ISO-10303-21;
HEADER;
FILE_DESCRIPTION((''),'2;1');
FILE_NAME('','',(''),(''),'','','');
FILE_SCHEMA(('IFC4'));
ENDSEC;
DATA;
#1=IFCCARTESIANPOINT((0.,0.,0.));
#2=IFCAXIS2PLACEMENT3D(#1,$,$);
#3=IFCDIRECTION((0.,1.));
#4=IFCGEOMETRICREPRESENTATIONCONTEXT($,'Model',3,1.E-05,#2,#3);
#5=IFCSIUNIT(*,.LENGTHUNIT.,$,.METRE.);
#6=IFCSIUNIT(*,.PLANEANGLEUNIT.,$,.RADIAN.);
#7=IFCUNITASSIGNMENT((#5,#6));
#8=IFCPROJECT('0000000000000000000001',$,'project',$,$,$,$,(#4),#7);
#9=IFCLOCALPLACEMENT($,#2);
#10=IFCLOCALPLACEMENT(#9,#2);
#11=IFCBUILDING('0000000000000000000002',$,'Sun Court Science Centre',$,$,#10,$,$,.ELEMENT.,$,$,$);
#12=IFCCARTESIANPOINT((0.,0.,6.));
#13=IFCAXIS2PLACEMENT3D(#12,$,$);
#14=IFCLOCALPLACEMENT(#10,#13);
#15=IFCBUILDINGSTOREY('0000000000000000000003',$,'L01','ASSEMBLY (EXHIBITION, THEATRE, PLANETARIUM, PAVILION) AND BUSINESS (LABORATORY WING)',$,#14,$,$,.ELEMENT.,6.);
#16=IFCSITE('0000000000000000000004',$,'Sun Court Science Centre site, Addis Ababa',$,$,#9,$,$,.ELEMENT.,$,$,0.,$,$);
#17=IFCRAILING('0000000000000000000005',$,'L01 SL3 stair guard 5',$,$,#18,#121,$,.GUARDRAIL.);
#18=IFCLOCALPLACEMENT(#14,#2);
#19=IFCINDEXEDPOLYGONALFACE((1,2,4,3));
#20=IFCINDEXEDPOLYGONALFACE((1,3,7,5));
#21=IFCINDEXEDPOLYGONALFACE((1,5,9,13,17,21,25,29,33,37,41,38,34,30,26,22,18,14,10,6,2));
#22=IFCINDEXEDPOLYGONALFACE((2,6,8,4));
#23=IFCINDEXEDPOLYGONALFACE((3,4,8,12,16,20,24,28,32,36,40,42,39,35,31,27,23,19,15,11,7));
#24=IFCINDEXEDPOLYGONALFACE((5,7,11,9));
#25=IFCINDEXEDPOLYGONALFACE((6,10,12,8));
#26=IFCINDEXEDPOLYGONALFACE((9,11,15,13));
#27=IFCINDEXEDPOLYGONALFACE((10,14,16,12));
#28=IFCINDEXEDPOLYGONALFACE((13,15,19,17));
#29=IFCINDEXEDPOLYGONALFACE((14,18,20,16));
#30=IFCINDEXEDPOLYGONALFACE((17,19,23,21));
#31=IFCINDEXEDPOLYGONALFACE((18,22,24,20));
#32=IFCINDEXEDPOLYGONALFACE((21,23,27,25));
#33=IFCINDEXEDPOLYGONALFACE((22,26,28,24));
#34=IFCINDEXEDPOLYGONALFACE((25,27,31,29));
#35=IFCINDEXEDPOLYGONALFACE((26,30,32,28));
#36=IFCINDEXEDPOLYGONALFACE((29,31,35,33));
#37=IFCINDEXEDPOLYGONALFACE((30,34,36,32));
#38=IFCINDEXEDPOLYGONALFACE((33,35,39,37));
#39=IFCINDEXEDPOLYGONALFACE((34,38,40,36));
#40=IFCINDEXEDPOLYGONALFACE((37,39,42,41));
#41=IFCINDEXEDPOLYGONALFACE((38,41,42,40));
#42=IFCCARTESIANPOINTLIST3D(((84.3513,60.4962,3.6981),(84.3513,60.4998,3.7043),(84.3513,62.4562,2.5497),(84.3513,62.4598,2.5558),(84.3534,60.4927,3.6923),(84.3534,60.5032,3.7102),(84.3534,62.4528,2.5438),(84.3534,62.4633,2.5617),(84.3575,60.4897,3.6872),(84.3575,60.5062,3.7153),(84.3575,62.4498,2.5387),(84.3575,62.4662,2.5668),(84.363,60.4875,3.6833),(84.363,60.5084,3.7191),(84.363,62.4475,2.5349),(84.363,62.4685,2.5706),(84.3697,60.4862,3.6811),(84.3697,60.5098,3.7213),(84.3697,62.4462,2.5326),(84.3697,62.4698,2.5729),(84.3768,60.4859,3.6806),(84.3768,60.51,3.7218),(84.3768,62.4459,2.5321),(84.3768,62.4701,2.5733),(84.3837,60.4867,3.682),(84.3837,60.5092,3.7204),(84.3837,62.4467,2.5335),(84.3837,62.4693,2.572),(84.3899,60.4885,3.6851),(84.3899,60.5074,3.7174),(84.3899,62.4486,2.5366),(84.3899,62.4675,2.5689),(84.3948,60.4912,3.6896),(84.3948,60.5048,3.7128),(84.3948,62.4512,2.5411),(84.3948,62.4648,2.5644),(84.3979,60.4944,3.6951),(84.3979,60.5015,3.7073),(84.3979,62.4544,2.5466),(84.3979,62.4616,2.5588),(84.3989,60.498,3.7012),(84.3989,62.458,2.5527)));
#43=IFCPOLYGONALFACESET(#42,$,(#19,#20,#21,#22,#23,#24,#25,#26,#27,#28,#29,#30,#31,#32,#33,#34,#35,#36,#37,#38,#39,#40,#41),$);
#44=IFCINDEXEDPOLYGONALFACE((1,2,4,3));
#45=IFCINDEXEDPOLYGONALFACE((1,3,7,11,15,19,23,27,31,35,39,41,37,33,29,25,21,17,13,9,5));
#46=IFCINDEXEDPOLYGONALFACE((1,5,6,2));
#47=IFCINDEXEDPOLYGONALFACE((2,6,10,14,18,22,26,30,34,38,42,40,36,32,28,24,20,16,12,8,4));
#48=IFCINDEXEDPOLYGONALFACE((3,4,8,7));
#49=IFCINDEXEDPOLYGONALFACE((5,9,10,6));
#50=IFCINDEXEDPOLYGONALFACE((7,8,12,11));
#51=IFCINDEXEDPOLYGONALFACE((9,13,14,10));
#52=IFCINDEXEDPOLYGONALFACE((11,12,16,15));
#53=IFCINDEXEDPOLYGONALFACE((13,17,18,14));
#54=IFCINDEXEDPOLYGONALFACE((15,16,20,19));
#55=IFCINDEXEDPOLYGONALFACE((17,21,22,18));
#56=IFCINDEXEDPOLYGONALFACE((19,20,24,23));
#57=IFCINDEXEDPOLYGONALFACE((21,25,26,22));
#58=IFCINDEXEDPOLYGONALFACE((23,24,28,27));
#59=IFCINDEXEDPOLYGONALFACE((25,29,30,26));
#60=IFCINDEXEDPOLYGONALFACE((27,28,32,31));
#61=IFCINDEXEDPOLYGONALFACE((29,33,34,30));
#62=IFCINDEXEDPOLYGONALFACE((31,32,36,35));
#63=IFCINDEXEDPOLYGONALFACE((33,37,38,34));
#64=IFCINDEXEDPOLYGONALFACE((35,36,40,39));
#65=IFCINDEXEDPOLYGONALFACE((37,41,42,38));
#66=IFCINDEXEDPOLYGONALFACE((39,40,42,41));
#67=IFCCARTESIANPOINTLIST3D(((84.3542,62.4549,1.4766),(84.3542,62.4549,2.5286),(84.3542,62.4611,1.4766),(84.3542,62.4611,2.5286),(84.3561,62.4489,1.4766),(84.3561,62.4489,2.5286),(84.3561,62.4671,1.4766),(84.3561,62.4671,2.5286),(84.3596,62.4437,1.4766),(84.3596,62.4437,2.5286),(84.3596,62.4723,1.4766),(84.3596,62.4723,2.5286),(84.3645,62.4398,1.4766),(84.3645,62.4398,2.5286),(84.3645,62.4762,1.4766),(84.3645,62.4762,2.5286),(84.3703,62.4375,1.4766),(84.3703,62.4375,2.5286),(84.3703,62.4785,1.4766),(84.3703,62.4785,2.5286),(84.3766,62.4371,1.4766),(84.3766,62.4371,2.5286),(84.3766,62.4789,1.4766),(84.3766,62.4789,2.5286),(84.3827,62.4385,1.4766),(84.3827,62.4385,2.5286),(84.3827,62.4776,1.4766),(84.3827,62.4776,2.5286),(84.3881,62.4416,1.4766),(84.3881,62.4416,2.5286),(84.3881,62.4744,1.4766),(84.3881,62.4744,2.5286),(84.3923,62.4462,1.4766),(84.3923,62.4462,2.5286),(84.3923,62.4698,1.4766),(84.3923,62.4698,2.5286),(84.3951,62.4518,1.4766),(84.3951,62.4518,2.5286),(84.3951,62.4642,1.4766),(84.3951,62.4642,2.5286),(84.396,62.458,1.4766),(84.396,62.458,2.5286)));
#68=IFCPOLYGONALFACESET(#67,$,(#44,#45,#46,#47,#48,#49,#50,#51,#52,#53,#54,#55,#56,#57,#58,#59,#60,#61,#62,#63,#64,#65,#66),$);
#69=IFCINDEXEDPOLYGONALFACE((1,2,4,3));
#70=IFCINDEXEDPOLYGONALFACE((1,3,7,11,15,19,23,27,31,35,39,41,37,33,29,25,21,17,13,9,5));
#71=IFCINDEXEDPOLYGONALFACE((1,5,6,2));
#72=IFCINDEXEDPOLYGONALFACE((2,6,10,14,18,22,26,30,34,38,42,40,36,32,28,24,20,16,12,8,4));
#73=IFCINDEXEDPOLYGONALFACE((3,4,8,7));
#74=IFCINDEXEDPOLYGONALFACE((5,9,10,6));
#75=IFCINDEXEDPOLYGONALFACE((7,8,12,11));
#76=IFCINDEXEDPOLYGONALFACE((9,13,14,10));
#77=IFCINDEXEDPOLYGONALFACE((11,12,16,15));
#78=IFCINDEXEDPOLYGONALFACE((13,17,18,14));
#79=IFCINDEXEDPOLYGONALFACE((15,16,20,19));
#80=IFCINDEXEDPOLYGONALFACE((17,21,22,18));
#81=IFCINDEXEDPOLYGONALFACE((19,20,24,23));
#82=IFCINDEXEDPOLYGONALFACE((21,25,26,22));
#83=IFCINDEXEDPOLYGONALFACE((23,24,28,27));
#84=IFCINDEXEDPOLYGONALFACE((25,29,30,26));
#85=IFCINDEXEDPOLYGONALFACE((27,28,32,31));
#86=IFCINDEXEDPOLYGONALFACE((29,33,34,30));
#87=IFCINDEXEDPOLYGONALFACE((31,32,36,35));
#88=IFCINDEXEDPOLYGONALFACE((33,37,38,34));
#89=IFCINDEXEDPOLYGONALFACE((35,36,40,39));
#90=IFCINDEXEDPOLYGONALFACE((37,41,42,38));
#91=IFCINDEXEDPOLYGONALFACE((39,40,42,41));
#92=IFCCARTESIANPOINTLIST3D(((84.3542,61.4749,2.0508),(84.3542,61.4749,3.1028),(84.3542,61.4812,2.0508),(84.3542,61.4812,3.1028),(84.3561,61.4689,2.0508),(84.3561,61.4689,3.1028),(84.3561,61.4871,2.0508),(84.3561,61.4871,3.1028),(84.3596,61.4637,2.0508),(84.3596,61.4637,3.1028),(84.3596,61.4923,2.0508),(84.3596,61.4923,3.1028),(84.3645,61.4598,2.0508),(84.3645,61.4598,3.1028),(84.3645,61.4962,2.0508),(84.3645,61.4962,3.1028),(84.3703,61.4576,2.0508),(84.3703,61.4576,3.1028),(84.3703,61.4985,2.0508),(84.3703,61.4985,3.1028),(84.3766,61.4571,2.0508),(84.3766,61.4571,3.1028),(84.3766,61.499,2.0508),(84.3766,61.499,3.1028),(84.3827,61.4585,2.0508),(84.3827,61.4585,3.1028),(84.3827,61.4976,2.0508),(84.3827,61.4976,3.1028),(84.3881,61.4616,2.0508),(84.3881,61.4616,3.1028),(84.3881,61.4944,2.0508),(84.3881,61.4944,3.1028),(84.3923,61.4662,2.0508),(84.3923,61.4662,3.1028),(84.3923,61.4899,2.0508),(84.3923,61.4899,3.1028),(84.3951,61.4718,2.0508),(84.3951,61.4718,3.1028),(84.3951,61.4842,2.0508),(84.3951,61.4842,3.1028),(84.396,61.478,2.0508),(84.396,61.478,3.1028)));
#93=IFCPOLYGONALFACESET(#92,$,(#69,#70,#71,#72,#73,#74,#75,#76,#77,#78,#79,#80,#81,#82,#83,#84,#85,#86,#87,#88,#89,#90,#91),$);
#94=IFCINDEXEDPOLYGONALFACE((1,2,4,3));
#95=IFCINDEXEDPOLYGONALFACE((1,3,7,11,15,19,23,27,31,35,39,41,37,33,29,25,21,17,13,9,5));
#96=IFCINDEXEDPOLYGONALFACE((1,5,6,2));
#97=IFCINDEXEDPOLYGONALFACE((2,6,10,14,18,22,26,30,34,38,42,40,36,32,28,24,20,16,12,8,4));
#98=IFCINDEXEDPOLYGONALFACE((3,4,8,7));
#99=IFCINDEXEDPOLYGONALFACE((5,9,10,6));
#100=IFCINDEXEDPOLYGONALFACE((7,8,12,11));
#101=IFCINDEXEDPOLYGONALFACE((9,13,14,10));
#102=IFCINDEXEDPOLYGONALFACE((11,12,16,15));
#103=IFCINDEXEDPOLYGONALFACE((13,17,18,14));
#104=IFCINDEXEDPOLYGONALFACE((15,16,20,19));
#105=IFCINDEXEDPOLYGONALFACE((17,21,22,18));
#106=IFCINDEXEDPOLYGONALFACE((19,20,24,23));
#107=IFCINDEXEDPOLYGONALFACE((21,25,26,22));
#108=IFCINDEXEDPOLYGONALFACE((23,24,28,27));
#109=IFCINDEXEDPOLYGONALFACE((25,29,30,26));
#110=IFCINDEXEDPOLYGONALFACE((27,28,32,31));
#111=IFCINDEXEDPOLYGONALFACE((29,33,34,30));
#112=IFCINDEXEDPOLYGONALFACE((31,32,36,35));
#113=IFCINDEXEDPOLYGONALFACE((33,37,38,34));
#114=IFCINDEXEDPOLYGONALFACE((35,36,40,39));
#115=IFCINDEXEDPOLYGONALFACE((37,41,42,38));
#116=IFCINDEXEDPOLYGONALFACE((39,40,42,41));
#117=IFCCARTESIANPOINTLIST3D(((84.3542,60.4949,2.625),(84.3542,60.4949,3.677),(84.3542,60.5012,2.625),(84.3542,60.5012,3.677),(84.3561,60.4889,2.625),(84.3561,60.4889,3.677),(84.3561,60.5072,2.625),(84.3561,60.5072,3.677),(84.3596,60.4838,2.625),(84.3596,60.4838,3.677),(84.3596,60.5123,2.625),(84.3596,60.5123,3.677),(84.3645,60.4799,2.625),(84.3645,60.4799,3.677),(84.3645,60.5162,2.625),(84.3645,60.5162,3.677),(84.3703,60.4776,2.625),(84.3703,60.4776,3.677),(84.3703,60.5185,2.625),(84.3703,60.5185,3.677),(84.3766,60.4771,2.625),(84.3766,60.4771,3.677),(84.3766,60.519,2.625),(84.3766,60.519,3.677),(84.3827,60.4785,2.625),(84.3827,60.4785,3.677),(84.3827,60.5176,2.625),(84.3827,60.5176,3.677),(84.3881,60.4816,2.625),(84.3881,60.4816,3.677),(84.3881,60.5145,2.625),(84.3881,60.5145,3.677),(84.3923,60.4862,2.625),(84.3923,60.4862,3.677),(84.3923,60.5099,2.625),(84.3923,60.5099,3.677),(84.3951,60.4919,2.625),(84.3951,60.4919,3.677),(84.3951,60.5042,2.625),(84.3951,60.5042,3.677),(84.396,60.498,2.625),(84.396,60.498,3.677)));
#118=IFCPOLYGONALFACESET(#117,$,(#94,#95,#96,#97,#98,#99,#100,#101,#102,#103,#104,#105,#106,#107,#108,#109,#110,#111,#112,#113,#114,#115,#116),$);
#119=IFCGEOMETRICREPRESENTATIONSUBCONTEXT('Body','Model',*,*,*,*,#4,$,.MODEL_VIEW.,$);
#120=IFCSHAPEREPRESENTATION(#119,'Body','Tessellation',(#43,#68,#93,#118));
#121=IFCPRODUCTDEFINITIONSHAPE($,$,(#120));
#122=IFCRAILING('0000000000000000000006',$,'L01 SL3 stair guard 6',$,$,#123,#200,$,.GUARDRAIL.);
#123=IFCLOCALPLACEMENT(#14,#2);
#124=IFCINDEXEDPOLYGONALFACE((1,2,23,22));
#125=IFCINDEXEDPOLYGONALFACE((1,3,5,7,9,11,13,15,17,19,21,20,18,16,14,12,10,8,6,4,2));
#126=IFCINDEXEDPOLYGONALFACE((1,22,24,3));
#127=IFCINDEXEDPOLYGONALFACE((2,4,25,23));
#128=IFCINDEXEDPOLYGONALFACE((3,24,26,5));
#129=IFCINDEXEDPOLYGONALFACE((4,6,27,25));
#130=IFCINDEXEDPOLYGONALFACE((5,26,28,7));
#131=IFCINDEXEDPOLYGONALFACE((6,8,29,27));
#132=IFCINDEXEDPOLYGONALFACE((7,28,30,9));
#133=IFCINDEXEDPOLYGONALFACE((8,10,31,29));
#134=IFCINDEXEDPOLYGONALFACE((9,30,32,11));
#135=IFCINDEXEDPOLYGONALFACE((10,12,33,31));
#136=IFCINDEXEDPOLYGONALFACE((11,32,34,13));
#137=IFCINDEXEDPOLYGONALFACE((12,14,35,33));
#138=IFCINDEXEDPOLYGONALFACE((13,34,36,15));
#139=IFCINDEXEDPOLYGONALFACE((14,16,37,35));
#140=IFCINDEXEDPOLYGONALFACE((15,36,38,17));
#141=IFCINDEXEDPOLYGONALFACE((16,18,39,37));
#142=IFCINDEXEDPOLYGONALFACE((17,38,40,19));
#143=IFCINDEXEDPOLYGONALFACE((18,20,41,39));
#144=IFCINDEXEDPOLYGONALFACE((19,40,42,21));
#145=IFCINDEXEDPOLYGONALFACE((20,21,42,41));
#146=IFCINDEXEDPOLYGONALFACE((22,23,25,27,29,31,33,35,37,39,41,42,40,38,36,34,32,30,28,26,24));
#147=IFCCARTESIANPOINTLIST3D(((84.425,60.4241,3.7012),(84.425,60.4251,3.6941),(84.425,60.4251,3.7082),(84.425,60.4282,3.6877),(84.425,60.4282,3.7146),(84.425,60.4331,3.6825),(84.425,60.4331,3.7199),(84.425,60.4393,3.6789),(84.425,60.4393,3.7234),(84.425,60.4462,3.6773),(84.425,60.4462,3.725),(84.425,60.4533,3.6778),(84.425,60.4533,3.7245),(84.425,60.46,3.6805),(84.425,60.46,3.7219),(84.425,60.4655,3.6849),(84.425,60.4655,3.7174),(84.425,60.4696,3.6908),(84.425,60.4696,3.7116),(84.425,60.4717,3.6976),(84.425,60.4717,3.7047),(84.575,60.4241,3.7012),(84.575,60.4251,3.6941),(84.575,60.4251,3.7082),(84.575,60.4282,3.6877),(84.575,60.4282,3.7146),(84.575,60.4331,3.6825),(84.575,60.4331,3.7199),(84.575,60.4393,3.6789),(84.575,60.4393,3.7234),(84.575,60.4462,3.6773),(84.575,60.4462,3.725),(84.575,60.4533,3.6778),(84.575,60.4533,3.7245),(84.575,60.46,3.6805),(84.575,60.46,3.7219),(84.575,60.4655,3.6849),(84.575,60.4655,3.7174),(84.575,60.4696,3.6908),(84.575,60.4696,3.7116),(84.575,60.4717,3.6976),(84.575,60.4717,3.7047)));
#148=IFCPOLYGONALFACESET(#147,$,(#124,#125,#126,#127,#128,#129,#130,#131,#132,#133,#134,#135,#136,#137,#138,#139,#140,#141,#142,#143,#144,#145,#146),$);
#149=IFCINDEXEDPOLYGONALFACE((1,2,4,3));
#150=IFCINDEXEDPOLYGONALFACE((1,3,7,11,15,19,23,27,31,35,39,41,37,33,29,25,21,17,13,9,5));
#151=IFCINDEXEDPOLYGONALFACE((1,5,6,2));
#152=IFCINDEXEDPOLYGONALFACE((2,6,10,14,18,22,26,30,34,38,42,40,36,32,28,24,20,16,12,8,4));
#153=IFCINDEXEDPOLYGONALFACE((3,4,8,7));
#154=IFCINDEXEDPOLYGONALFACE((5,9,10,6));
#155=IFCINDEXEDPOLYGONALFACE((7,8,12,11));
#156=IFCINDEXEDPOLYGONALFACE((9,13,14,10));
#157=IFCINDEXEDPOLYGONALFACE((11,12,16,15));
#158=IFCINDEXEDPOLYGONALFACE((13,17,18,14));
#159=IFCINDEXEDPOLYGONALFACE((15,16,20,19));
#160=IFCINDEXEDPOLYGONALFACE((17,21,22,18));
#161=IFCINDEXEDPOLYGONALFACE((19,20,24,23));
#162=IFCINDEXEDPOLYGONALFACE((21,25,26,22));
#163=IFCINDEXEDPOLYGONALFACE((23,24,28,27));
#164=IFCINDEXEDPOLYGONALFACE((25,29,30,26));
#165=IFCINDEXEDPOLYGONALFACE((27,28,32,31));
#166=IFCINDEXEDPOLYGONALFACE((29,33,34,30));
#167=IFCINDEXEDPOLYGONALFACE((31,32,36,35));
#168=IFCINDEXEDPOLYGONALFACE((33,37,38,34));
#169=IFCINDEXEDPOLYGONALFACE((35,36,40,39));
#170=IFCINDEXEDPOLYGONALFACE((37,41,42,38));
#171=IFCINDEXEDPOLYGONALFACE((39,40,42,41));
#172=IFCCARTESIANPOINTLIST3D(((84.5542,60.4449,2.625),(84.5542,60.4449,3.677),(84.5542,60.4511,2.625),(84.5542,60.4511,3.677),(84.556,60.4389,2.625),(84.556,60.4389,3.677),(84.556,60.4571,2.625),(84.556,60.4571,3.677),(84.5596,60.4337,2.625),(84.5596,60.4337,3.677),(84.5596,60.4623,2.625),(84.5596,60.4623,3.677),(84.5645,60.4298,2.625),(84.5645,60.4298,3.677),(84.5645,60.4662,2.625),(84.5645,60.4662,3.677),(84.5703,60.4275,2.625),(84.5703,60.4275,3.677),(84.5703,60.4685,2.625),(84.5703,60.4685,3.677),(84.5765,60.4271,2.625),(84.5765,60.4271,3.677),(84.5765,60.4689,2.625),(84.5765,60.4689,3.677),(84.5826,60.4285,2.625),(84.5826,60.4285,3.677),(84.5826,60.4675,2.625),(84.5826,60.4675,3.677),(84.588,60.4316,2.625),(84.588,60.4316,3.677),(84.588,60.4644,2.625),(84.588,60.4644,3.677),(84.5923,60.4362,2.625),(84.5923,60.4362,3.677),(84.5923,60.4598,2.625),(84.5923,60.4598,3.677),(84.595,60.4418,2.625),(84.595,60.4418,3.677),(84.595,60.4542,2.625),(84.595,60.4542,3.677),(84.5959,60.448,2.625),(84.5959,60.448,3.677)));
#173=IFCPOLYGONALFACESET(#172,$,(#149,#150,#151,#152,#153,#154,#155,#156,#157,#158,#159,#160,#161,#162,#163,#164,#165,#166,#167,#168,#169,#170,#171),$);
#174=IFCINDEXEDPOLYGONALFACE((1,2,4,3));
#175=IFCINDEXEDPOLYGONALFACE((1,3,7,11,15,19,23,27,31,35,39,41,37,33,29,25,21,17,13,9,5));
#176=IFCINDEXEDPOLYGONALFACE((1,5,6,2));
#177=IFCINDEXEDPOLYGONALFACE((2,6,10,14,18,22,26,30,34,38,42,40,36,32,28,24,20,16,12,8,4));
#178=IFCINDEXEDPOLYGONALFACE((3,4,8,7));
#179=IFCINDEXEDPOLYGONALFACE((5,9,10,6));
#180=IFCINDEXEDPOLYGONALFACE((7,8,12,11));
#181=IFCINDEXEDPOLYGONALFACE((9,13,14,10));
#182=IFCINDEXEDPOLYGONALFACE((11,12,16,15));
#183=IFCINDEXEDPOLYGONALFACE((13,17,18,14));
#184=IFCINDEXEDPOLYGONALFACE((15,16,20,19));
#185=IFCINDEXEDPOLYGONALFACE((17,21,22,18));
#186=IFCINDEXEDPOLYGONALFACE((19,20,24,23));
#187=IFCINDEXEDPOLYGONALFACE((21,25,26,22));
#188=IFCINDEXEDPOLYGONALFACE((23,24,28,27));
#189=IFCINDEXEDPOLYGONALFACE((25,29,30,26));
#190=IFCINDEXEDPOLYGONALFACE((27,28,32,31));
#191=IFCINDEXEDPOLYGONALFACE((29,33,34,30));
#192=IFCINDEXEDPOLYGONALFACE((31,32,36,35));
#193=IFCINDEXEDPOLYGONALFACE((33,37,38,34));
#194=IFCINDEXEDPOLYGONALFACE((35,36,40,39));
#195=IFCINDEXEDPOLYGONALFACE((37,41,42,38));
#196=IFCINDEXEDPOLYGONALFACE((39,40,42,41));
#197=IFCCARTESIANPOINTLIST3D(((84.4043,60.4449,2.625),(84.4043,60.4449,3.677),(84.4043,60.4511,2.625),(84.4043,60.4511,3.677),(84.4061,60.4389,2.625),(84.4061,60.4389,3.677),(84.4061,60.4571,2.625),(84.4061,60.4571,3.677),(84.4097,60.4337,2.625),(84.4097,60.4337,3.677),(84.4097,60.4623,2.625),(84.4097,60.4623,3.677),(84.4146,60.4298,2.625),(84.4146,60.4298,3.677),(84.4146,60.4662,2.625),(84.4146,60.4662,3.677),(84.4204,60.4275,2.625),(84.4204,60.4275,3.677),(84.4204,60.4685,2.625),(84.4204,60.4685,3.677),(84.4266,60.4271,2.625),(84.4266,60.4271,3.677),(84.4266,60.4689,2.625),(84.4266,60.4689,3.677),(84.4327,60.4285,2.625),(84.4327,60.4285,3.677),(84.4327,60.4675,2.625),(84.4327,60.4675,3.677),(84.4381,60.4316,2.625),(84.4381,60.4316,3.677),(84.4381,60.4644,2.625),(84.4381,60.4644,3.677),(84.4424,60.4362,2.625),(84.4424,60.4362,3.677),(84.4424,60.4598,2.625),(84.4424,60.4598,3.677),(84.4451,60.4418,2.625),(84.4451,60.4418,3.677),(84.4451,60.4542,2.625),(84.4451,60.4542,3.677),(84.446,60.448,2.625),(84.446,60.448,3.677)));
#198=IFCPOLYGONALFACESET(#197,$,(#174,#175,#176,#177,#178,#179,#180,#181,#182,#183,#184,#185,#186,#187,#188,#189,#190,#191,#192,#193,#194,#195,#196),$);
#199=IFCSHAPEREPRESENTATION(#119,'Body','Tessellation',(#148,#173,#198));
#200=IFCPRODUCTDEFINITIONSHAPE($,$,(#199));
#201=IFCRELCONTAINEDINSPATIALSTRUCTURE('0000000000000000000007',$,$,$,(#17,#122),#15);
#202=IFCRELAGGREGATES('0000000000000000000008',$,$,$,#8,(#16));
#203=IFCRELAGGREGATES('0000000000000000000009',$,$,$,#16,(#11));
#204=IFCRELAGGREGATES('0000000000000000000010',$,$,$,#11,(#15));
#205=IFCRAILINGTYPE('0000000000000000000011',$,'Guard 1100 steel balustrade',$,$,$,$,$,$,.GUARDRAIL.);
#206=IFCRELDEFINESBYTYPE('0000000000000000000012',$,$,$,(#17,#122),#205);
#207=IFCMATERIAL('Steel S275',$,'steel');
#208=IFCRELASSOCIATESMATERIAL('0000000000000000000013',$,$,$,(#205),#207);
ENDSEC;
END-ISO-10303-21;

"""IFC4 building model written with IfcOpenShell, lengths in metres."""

from ifc_helpers import new_model, si_unit, direction, frame, origin, origin_2d, place, context, subcontext, project, spatial, circle, extrude, material, type_object, element, save


model = new_model("IFC4")

# Units and contexts
model_context = context("Model", 3, precision=1e-05, world=origin(), true_north=direction((0.0, 1.0)))
body_context = subcontext(model_context, "Body", "Model", "MODEL_VIEW")
ifc_project = project(units=[si_unit("LENGTHUNIT", "METRE"), si_unit("PLANEANGLEUNIT", "RADIAN")], contexts=[model_context])

# Site, building, storey
site_placement = place(None, origin())
site = spatial("IfcSite", under=ifc_project, at=site_placement, Name="Sun Court Science Centre site, Addis Ababa", CompositionType="ELEMENT", RefElevation=0.0)
building_placement = place(site_placement, origin())
building = spatial("IfcBuilding", under=site, at=building_placement, Name="Sun Court Science Centre", CompositionType="ELEMENT")
storey_placement = place(building_placement, frame((0.0, 0.0, 6.0)))
storey = spatial("IfcBuildingStorey", under=building, at=storey_placement, Name="L01", Description="ASSEMBLY (EXHIBITION, THEATRE, PLANETARIUM, PAVILION) AND BUSINESS (LABORATORY WING)", CompositionType="ELEMENT", Elevation=6.0)

# Railings
ifc_material_1 = material(Name="Steel S275", Category="steel")
railing_type_1 = type_object("IfcRailingType", Name="Guard 1100 steel balustrade", PredefinedType="GUARDRAIL", material=ifc_material_1)
railing_1_placement = place(storey_placement, frame((84.375, 62.458, 1.4766)))
element("IfcRailing", 1, at=railing_1_placement, inside=storey, type_object=railing_type_1, Name="L01 SL3 stair guard 5", PredefinedType="GUARDRAIL", context=body_context, shape_type="SweptSolid", body=[
    extrude(circle(Radius=0.0239, at=origin_2d()), frame((0.0, 0.0, 1.0762), z_axis=(0.0, -0.862795, 0.505554), x_axis=(1.0, 0.0, 0.0)), (0.0, 0.0, 1.0), 2.2717),
    extrude(circle(Radius=0.021, at=origin_2d()), origin(), (0.0, 0.0, 1.0), 1.052),
    extrude(circle(Radius=0.021, at=origin_2d()), frame((0.0, -0.98, 0.5742)), (0.0, 0.0, 1.0), 1.052),
    extrude(circle(Radius=0.021, at=origin_2d()), frame((0.0, -1.96, 1.1484)), (0.0, 0.0, 1.0), 1.052),
])
railing_2_placement = place(storey_placement, frame((84.575, 60.448, 2.625)))
element("IfcRailing", 2, at=railing_2_placement, inside=storey, type_object=railing_type_1, Name="L01 SL3 stair guard 6", PredefinedType="GUARDRAIL", context=body_context, shape_type="SweptSolid", body=[
    extrude(circle(Radius=0.0239, at=origin_2d()), frame((0.0, 0.0, 1.0762), z_axis=(-1.0, 0.0, 0.0), x_axis=(0.0, -1.0, 0.0)), (0.0, 0.0, 1.0), 0.1499),
    extrude(circle(Radius=0.021, at=origin_2d()), origin(), (0.0, 0.0, 1.0), 1.052),
    extrude(circle(Radius=0.021, at=origin_2d()), frame((-0.1499, 0.0, 0.0)), (0.0, 0.0, 1.0), 1.052),
])

save(model, "model.ifc")
